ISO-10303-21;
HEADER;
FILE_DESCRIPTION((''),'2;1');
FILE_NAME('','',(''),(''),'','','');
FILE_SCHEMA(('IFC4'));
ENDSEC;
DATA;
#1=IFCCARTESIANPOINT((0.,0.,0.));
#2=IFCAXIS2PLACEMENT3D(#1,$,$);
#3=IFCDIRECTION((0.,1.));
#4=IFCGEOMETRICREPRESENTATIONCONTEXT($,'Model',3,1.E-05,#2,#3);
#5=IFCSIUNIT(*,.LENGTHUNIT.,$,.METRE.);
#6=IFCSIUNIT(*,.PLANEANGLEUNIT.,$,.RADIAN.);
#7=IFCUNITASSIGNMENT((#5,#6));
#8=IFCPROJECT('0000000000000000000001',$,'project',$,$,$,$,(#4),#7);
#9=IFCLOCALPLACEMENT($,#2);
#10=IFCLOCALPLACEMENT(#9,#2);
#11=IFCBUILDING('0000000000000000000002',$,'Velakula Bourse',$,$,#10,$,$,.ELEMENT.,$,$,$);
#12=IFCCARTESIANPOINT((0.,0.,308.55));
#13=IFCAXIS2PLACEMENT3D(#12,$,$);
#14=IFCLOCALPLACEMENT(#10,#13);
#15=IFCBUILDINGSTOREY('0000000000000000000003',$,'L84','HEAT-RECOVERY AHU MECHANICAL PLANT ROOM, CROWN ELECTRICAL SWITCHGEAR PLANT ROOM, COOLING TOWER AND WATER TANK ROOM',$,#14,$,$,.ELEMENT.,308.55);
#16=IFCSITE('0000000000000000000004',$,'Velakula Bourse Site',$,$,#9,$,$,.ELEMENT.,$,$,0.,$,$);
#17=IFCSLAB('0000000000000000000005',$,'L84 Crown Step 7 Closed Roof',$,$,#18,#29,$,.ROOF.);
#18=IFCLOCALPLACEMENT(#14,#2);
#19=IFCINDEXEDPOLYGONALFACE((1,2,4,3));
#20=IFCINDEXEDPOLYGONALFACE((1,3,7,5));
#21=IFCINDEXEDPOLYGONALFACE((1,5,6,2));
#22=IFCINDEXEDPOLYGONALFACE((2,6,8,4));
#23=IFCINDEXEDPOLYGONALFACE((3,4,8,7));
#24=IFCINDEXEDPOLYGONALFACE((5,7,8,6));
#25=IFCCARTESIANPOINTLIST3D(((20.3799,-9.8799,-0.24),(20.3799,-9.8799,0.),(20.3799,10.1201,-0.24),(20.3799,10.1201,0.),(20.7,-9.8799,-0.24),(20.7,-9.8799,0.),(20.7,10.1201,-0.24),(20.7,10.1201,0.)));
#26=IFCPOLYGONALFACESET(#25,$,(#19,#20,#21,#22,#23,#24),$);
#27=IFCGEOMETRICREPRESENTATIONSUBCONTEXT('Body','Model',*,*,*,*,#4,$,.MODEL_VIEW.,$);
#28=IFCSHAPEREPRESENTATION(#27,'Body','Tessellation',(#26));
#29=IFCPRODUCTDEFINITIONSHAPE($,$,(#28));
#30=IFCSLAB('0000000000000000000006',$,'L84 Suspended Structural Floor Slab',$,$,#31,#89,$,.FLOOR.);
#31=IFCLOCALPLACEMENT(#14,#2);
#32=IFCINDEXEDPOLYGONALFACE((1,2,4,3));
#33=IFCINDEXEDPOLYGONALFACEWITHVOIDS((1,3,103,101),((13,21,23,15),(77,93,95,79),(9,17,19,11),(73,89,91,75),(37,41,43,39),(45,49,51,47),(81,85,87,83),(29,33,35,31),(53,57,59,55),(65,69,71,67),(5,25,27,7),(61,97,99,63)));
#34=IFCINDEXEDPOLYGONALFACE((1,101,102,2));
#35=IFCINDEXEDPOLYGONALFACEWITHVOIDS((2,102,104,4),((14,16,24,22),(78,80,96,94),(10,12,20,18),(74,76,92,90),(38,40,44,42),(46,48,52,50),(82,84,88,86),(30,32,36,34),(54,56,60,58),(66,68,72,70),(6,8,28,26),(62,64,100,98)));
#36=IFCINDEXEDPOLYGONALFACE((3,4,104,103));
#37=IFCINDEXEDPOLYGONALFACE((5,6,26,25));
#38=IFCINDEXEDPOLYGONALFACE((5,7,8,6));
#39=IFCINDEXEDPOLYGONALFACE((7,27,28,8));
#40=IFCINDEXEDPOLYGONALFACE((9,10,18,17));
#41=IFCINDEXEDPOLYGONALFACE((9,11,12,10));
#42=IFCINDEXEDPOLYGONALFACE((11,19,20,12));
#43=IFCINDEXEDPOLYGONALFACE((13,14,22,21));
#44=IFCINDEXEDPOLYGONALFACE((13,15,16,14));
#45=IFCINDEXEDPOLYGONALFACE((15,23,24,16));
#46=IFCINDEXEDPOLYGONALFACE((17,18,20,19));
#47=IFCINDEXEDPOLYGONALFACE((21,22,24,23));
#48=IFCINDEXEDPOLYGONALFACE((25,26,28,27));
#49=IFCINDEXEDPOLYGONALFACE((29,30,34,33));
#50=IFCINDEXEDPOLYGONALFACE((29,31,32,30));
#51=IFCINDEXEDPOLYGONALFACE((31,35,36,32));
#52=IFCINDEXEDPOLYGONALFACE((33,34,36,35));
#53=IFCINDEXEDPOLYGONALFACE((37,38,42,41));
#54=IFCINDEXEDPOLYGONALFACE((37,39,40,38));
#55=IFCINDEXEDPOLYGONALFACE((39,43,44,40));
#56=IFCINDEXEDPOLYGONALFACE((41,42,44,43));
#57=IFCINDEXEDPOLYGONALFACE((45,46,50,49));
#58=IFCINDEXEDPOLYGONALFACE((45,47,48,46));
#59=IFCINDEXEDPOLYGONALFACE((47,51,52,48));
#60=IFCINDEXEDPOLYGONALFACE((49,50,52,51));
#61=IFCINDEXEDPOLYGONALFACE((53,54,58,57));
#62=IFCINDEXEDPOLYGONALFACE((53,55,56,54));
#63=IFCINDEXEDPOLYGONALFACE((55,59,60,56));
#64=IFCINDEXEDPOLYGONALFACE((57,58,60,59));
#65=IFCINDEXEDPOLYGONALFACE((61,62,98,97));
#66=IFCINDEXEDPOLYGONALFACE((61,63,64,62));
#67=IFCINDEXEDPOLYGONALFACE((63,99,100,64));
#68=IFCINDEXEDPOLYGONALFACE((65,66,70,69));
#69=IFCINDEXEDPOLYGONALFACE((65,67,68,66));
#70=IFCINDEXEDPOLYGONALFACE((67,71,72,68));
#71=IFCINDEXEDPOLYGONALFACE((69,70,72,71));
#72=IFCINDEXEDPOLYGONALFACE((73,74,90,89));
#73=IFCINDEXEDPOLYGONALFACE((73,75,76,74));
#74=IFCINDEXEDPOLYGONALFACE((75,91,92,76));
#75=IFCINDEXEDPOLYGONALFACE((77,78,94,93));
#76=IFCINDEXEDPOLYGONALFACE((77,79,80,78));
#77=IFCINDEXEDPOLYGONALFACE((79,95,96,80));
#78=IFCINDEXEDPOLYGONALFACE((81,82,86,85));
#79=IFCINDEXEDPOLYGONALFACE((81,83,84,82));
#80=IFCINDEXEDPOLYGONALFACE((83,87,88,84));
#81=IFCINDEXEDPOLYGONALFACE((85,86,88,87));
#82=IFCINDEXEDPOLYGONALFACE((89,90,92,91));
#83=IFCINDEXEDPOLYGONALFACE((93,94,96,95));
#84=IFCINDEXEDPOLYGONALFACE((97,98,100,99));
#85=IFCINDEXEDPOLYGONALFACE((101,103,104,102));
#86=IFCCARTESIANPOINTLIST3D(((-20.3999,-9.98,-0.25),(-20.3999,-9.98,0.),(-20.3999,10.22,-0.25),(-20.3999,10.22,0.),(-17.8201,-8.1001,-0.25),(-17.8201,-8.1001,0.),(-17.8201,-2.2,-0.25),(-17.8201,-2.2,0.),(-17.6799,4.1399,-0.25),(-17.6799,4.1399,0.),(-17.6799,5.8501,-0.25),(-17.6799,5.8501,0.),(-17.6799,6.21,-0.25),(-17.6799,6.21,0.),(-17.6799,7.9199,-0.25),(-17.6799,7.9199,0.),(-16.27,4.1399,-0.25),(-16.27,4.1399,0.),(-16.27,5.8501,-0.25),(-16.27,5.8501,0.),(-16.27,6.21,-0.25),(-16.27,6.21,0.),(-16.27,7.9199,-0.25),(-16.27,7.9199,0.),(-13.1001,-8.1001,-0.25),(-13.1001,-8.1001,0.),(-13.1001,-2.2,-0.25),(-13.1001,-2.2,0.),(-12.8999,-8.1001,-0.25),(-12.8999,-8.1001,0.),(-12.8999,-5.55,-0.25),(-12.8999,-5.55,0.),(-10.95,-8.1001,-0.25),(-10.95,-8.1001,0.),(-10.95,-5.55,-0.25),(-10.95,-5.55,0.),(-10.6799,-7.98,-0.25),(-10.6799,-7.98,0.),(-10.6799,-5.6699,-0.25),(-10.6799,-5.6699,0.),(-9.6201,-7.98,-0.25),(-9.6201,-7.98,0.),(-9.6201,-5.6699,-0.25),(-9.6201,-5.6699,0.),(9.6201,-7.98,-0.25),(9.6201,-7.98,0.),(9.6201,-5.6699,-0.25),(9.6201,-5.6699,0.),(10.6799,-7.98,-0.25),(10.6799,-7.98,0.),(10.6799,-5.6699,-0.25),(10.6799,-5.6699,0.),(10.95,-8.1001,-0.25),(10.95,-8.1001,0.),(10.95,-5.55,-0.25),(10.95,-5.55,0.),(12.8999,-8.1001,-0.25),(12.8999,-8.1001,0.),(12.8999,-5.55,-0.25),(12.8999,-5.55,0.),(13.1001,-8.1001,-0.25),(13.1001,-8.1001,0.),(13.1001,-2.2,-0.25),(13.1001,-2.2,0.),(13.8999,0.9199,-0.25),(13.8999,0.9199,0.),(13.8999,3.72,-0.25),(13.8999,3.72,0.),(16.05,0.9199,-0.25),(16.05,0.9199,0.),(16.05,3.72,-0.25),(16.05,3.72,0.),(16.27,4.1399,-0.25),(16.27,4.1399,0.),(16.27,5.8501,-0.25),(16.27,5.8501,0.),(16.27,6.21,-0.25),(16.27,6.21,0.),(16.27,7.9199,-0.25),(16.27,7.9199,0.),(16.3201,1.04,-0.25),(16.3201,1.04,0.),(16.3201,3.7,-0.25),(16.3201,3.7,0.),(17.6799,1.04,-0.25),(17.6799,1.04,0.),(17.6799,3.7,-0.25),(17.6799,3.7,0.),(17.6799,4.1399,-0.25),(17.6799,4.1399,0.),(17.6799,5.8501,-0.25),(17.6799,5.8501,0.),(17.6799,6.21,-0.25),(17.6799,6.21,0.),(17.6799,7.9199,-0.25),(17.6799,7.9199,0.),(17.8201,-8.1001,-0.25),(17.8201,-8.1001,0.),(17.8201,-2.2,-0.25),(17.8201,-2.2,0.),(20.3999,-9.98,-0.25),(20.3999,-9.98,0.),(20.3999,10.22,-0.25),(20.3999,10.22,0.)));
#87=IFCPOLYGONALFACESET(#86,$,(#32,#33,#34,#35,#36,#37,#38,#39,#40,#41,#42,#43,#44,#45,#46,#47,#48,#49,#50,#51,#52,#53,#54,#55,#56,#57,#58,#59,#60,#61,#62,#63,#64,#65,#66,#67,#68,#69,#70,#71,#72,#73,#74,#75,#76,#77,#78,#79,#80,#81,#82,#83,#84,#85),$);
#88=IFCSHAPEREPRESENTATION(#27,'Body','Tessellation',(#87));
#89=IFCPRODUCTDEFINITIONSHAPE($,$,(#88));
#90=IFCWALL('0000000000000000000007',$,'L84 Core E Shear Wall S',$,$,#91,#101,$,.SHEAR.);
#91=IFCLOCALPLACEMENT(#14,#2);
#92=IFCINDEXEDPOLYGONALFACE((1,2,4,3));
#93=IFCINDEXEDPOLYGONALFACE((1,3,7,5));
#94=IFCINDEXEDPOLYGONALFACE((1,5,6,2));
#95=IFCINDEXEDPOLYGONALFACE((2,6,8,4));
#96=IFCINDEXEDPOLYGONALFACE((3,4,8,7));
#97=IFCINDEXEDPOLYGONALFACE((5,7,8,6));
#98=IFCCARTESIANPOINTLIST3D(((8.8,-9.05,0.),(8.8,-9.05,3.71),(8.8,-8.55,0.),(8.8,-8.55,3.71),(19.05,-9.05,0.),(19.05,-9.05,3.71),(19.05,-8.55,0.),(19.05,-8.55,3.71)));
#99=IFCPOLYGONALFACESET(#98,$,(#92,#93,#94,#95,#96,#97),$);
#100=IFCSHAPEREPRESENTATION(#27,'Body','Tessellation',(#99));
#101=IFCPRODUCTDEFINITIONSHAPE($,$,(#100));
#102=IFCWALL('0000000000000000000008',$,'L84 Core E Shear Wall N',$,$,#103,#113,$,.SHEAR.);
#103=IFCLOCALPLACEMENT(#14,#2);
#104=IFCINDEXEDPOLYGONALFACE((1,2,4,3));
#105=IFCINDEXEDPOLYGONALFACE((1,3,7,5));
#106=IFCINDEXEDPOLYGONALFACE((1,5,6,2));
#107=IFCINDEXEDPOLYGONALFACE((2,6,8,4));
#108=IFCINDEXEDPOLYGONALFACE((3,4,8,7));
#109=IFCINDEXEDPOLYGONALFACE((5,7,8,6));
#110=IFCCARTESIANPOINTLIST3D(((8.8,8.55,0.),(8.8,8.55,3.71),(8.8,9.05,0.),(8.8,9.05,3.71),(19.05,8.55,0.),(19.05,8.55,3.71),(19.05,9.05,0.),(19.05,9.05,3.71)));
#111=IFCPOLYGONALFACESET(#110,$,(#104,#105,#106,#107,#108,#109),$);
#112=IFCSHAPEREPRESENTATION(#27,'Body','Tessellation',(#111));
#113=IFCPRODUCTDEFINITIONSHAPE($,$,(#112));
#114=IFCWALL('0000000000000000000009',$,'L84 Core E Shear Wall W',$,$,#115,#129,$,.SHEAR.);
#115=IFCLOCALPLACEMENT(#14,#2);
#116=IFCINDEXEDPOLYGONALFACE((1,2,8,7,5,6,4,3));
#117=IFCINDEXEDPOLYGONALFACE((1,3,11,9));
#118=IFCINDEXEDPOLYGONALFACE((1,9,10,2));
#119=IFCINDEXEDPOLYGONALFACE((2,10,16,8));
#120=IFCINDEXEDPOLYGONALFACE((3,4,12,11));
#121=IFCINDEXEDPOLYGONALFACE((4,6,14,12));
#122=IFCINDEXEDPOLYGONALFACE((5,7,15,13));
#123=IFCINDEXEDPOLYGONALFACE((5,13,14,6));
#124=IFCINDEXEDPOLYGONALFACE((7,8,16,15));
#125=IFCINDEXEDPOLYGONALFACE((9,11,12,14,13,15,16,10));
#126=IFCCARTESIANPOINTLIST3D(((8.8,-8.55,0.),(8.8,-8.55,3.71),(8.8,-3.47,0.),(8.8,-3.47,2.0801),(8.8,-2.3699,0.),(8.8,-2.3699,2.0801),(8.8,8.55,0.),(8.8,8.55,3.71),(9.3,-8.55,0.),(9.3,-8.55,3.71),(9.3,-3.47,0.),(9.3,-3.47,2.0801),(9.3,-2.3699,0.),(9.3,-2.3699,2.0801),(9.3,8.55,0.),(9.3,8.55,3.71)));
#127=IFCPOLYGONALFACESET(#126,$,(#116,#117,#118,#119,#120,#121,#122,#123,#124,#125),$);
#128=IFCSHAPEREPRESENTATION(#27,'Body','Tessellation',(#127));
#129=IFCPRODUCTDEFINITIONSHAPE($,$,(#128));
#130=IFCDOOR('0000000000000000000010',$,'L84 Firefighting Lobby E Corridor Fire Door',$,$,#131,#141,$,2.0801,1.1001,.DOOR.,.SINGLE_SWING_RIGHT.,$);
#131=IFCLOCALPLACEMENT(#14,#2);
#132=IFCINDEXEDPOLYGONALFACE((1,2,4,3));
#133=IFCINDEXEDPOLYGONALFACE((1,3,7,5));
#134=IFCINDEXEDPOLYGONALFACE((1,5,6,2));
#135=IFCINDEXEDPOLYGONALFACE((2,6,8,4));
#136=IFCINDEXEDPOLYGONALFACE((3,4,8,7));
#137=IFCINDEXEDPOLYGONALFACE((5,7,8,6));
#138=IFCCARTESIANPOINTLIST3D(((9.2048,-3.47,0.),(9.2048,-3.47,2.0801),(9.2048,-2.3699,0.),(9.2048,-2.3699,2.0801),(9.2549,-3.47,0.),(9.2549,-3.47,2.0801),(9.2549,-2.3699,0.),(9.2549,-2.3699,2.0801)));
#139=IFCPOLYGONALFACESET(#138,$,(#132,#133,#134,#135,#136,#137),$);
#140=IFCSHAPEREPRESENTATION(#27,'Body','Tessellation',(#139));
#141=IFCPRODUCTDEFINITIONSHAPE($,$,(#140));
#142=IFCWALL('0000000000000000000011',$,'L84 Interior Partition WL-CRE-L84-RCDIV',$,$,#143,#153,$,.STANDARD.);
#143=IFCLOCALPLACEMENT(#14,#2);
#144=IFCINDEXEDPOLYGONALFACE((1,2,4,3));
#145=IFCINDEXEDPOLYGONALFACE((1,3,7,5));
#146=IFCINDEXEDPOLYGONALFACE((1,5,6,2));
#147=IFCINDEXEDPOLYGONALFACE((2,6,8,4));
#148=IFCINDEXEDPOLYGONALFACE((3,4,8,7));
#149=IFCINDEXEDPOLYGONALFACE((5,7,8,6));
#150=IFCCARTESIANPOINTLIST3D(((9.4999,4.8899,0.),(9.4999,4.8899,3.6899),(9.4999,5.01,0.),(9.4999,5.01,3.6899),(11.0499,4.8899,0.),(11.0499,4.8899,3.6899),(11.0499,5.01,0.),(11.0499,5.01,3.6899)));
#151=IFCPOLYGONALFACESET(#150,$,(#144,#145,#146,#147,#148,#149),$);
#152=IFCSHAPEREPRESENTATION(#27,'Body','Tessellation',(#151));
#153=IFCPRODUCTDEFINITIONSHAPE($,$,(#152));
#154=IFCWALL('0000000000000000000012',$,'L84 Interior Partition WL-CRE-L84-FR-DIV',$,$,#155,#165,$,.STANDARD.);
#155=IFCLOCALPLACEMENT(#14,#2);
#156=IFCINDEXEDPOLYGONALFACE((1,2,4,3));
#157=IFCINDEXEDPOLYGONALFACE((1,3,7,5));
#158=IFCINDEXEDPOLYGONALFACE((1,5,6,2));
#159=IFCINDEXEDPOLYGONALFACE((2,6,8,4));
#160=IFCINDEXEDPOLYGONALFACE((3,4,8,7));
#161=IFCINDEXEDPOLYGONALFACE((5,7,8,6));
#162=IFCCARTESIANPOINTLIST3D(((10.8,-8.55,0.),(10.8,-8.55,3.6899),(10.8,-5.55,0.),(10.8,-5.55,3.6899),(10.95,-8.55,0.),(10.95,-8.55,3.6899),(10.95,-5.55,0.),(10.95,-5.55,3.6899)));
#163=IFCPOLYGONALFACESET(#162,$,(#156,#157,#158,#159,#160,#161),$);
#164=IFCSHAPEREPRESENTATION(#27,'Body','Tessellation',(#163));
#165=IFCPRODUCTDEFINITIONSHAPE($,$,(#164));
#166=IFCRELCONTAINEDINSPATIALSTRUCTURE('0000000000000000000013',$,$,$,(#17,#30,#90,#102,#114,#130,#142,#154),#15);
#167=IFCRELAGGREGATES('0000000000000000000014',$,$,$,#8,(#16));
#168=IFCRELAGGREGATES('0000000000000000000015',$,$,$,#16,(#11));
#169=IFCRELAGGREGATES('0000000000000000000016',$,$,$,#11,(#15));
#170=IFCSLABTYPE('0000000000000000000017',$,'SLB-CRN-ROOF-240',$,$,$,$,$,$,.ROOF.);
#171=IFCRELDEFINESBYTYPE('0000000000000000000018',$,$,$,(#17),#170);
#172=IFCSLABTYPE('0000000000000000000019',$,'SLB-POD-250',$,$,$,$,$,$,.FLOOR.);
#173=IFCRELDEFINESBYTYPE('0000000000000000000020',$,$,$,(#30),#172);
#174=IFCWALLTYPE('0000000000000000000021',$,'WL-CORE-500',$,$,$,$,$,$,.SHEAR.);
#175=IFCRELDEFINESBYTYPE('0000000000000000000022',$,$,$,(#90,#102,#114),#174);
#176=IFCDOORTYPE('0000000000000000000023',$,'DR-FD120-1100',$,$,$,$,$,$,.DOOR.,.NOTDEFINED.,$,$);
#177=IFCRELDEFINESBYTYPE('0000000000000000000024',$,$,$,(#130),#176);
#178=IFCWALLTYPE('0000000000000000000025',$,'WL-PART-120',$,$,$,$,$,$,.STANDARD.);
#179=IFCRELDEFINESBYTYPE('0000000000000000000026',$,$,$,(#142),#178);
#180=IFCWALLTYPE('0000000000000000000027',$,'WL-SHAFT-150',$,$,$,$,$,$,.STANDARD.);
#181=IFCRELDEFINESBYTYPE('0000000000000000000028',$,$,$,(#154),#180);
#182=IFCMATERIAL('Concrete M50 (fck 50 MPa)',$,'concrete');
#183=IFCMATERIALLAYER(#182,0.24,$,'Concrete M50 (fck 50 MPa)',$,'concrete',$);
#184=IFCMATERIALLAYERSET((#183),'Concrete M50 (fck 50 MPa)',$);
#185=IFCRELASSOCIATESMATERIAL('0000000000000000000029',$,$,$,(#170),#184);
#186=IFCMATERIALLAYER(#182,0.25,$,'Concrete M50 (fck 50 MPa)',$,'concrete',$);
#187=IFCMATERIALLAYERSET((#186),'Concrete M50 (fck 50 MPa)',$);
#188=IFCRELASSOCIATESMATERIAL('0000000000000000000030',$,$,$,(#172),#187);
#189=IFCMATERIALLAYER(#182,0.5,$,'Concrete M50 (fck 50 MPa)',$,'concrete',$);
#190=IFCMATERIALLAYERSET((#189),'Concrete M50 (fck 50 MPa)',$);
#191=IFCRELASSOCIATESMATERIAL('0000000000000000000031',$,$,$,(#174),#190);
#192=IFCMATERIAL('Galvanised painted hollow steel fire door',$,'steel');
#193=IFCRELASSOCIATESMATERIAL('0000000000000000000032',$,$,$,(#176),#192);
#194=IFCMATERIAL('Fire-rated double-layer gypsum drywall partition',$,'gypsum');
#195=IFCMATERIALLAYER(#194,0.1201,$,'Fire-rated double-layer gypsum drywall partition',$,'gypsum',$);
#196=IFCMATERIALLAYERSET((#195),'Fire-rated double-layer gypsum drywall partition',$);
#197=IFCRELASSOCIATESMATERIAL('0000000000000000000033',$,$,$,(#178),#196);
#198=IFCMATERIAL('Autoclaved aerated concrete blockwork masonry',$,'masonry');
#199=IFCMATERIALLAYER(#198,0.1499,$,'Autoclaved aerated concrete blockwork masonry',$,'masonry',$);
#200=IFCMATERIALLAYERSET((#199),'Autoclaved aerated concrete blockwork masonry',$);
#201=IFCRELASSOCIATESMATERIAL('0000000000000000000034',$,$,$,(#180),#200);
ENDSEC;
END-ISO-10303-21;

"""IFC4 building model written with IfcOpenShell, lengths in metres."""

from ifc_helpers import new_model, si_unit, direction, frame, frame_2d, origin, place, context, subcontext, project, spatial, polyline, rectangle, outline, extrude, material, layer, layer_set, type_object, element, fill, save


model = new_model("IFC4")

# Units and contexts
model_context = context("Model", 3, precision=1e-05, world=origin(), true_north=direction((0.0, 1.0)))
body_context = subcontext(model_context, "Body", "Model", "MODEL_VIEW")
ifc_project = project(units=[si_unit("LENGTHUNIT", "METRE"), si_unit("PLANEANGLEUNIT", "RADIAN")], contexts=[model_context])

# Site, building, storey
site_placement = place(None, origin())
site = spatial("IfcSite", under=ifc_project, at=site_placement, Name="Velakula Bourse Site", CompositionType="ELEMENT", RefElevation=0.0)
building_placement = place(site_placement, origin())
building = spatial("IfcBuilding", under=site, at=building_placement, Name="Velakula Bourse", CompositionType="ELEMENT")
storey_placement = place(building_placement, frame((0.0, 0.0, 308.55)))
storey = spatial("IfcBuildingStorey", under=building, at=storey_placement, Name="L84", Description="HEAT-RECOVERY AHU MECHANICAL PLANT ROOM, CROWN ELECTRICAL SWITCHGEAR PLANT ROOM, COOLING TOWER AND WATER TANK ROOM", CompositionType="ELEMENT", Elevation=308.55)

# Shared definitions
ifc_material_1 = material(Name="Concrete M50 (fck 50 MPa)", Category="concrete")

# Slabs
ifc_layer_1 = layer(ifc_material_1, 0.24, Name="Concrete M50 (fck 50 MPa)", Category="concrete")
ifc_layer_set_1 = layer_set([ifc_layer_1], Name="Concrete M50 (fck 50 MPa)")
slab_type_1 = type_object("IfcSlabType", Name="SLB-CRN-ROOF-240", PredefinedType="ROOF", material=ifc_layer_set_1)
slab_1_placement = place(storey_placement, frame((0.0, 0.0, -0.24)))
element("IfcSlab", 1, at=slab_1_placement, inside=storey, type_object=slab_type_1, Name="L84 Crown Step 7 Closed Roof", PredefinedType="ROOF", context=body_context, shape_type="SweptSolid", body=[
    extrude(outline(polyline([(20.7, 10.1201), (20.7, -9.8799), (20.3799, -9.8799), (20.3799, 10.1201), (20.7, 10.1201)])), origin(), (0.0, 0.0, 1.0), 0.24),
])
ifc_layer_2 = layer(ifc_material_1, 0.25, Name="Concrete M50 (fck 50 MPa)", Category="concrete")
ifc_layer_set_2 = layer_set([ifc_layer_2], Name="Concrete M50 (fck 50 MPa)")
slab_type_2 = type_object("IfcSlabType", Name="SLB-POD-250", PredefinedType="FLOOR", material=ifc_layer_set_2)
slab_2_placement = place(storey_placement, frame((0.0, 0.0, -0.25)))
element("IfcSlab", 2, at=slab_2_placement, inside=storey, type_object=slab_type_2, Name="L84 Suspended Structural Floor Slab", PredefinedType="FLOOR", context=body_context, shape_type="SweptSolid", body=[
    extrude(outline(polyline([(-20.3999, -9.98), (20.3999, -9.98), (20.3999, 10.22), (-20.3999, 10.22), (-20.3999, -9.98)]), holes=[polyline([(-17.8201, -8.1001), (-13.1001, -8.1001), (-13.1001, -2.2), (-17.8201, -2.2), (-17.8201, -8.1001)]), polyline([(13.1001, -8.1001), (17.8201, -8.1001), (17.8201, -2.2), (13.1001, -2.2), (13.1001, -8.1001)]), polyline([(-12.8999, -8.1001), (-10.95, -8.1001), (-10.95, -5.55), (-12.8999, -5.55), (-12.8999, -8.1001)]), polyline([(10.95, -8.1001), (12.8999, -8.1001), (12.8999, -5.55), (10.95, -5.55), (10.95, -8.1001)]), polyline([(13.8999, 0.9199), (16.05, 0.9199), (16.05, 3.72), (13.8999, 3.72), (13.8999, 0.9199)]), polyline([(-10.6799, -7.98), (-9.6201, -7.98), (-9.6201, -5.6699), (-10.6799, -5.6699), (-10.6799, -7.98)]), polyline([(-17.6799, 4.1399), (-16.27, 4.1399), (-16.27, 5.8501), (-17.6799, 5.8501), (-17.6799, 4.1399)]), polyline([(-17.6799, 6.21), (-16.27, 6.21), (-16.27, 7.9199), (-17.6799, 7.9199), (-17.6799, 6.21)]), polyline([(9.6201, -7.98), (10.6799, -7.98), (10.6799, -5.6699), (9.6201, -5.6699), (9.6201, -7.98)]), polyline([(16.27, 4.1399), (17.6799, 4.1399), (17.6799, 5.8501), (16.27, 5.8501), (16.27, 4.1399)]), polyline([(16.27, 6.21), (17.6799, 6.21), (17.6799, 7.9199), (16.27, 7.9199), (16.27, 6.21)]), polyline([(16.3201, 1.04), (17.6799, 1.04), (17.6799, 3.7), (16.3201, 3.7), (16.3201, 1.04)])]), origin(), (0.0, 0.0, 1.0), 0.25),
])

# Walls
ifc_layer_3 = layer(ifc_material_1, 0.5, Name="Concrete M50 (fck 50 MPa)", Category="concrete")
ifc_layer_set_3 = layer_set([ifc_layer_3], Name="Concrete M50 (fck 50 MPa)")
wall_type_1 = type_object("IfcWallType", Name="WL-CORE-500", PredefinedType="SHEAR", material=ifc_layer_set_3)
for number, where, z_axis, x_axis, name in (
    (3, (8.8, -8.8, 0.0), (0.0, 0.0, 1.0), (1.0, 0.0, 0.0), "L84 Core E Shear Wall S"),
    (4, (8.8, 8.8, 0.0), (0.0, 0.0, 1.0), (1.0, 0.0, 0.0), "L84 Core E Shear Wall N"),
):
    element("IfcWall", number, at=place(storey_placement, frame(where, z_axis=z_axis, x_axis=x_axis)), inside=storey, type_object=wall_type_1, Name=name, PredefinedType="SHEAR", context=body_context, shape_type="SweptSolid", body=[
        extrude(rectangle(XDim=10.25, YDim=0.5, at=frame_2d((5.125, 0.0))), origin(), (0.0, 0.0, 1.0), 3.71),
    ])

# Wall, opening, door
wall_1_placement = place(storey_placement, frame((9.05, -8.55, 0.0), z_axis=(0.0, 0.0, 1.0), x_axis=(0.0, 1.0, 0.0)))
wall_1 = element("IfcWall", 5, at=wall_1_placement, inside=storey, type_object=wall_type_1, Name="L84 Core E Shear Wall W", PredefinedType="SHEAR", context=body_context, shape_type="SweptSolid", body=[
    extrude(rectangle(XDim=17.1001, YDim=0.5, at=frame_2d((8.55, 0.0))), origin(), (0.0, 0.0, 1.0), 3.71),
])
opening_1_placement = place(wall_1_placement, frame((5.0801, 0.0, 0.0)))
opening_1 = element("IfcOpeningElement", 6, at=opening_1_placement, cuts=wall_1, PredefinedType="OPENING", context=body_context, shape_type="SweptSolid", body=[
    extrude(rectangle(XDim=1.1001, YDim=2.0801, at=frame_2d((0.55, 1.04))), frame((0.0, 0.26, 0.0), z_axis=(0.0, -1.0, 0.0), x_axis=(1.0, 0.0, 0.0)), (0.0, 0.0, 1.0), 0.52),
])
ifc_material_2 = material(Name="Galvanised painted hollow steel fire door", Category="steel")
door_type_1 = type_object("IfcDoorType", Name="DR-FD120-1100", OperationType="NOTDEFINED", PredefinedType="DOOR", material=ifc_material_2)
door_1_placement = place(opening_1_placement, origin())
door_1 = element("IfcDoor", 7, at=door_1_placement, inside=storey, type_object=door_type_1, Name="L84 Firefighting Lobby E Corridor Fire Door", OperationType="SINGLE_SWING_RIGHT", OverallHeight=2.0801, OverallWidth=1.1001, PredefinedType="DOOR", context=body_context, shape_type="SweptSolid", body=[
    extrude(rectangle(XDim=1.1001, YDim=2.0801, at=frame_2d((0.55, 1.04))), frame((0.0, -0.1548, 0.0), z_axis=(0.0, -1.0, 0.0), x_axis=(1.0, 0.0, 0.0)), (0.0, 0.0, 1.0), 0.05),
])
fill(opening_1, door_1)

# Wall
ifc_material_3 = material(Name="Fire-rated double-layer gypsum drywall partition", Category="gypsum")
ifc_layer_4 = layer(ifc_material_3, 0.1201, Name="Fire-rated double-layer gypsum drywall partition", Category="gypsum")
ifc_layer_set_4 = layer_set([ifc_layer_4], Name="Fire-rated double-layer gypsum drywall partition")
wall_type_2 = type_object("IfcWallType", Name="WL-PART-120", PredefinedType="STANDARD", material=ifc_layer_set_4)
wall_2_placement = place(storey_placement, frame((9.5, 4.95, 0.0), z_axis=(0.0, 0.0, 1.0), x_axis=(1.0, 0.0, 0.0)))
element("IfcWall", 8, at=wall_2_placement, inside=storey, type_object=wall_type_2, Name="L84 Interior Partition WL-CRE-L84-RCDIV", PredefinedType="STANDARD", context=body_context, shape_type="SweptSolid", body=[
    extrude(rectangle(XDim=1.55, YDim=0.1201, at=frame_2d((0.7749, 0.0))), origin(), (0.0, 0.0, 1.0), 3.6899),
])

# Shared definitions
ifc_material_4 = material(Name="Autoclaved aerated concrete blockwork masonry", Category="masonry")
ifc_layer_5 = layer(ifc_material_4, 0.1499, Name="Autoclaved aerated concrete blockwork masonry", Category="masonry")
ifc_layer_set_5 = layer_set([ifc_layer_5], Name="Autoclaved aerated concrete blockwork masonry")
wall_type_3 = type_object("IfcWallType", Name="WL-SHAFT-150", PredefinedType="STANDARD", material=ifc_layer_set_5)

# Wall
wall_3_placement = place(storey_placement, frame((10.875, -8.55, 0.0), z_axis=(0.0, 0.0, 1.0), x_axis=(0.0, 1.0, 0.0)))
element("IfcWall", 9, at=wall_3_placement, inside=storey, type_object=wall_type_3, Name="L84 Interior Partition WL-CRE-L84-FR-DIV", PredefinedType="STANDARD", context=body_context, shape_type="SweptSolid", body=[
    extrude(rectangle(XDim=3.0, YDim=0.1499, at=frame_2d((1.5, 0.0))), origin(), (0.0, 0.0, 1.0), 3.6899),
])

save(model, "model.ifc")
